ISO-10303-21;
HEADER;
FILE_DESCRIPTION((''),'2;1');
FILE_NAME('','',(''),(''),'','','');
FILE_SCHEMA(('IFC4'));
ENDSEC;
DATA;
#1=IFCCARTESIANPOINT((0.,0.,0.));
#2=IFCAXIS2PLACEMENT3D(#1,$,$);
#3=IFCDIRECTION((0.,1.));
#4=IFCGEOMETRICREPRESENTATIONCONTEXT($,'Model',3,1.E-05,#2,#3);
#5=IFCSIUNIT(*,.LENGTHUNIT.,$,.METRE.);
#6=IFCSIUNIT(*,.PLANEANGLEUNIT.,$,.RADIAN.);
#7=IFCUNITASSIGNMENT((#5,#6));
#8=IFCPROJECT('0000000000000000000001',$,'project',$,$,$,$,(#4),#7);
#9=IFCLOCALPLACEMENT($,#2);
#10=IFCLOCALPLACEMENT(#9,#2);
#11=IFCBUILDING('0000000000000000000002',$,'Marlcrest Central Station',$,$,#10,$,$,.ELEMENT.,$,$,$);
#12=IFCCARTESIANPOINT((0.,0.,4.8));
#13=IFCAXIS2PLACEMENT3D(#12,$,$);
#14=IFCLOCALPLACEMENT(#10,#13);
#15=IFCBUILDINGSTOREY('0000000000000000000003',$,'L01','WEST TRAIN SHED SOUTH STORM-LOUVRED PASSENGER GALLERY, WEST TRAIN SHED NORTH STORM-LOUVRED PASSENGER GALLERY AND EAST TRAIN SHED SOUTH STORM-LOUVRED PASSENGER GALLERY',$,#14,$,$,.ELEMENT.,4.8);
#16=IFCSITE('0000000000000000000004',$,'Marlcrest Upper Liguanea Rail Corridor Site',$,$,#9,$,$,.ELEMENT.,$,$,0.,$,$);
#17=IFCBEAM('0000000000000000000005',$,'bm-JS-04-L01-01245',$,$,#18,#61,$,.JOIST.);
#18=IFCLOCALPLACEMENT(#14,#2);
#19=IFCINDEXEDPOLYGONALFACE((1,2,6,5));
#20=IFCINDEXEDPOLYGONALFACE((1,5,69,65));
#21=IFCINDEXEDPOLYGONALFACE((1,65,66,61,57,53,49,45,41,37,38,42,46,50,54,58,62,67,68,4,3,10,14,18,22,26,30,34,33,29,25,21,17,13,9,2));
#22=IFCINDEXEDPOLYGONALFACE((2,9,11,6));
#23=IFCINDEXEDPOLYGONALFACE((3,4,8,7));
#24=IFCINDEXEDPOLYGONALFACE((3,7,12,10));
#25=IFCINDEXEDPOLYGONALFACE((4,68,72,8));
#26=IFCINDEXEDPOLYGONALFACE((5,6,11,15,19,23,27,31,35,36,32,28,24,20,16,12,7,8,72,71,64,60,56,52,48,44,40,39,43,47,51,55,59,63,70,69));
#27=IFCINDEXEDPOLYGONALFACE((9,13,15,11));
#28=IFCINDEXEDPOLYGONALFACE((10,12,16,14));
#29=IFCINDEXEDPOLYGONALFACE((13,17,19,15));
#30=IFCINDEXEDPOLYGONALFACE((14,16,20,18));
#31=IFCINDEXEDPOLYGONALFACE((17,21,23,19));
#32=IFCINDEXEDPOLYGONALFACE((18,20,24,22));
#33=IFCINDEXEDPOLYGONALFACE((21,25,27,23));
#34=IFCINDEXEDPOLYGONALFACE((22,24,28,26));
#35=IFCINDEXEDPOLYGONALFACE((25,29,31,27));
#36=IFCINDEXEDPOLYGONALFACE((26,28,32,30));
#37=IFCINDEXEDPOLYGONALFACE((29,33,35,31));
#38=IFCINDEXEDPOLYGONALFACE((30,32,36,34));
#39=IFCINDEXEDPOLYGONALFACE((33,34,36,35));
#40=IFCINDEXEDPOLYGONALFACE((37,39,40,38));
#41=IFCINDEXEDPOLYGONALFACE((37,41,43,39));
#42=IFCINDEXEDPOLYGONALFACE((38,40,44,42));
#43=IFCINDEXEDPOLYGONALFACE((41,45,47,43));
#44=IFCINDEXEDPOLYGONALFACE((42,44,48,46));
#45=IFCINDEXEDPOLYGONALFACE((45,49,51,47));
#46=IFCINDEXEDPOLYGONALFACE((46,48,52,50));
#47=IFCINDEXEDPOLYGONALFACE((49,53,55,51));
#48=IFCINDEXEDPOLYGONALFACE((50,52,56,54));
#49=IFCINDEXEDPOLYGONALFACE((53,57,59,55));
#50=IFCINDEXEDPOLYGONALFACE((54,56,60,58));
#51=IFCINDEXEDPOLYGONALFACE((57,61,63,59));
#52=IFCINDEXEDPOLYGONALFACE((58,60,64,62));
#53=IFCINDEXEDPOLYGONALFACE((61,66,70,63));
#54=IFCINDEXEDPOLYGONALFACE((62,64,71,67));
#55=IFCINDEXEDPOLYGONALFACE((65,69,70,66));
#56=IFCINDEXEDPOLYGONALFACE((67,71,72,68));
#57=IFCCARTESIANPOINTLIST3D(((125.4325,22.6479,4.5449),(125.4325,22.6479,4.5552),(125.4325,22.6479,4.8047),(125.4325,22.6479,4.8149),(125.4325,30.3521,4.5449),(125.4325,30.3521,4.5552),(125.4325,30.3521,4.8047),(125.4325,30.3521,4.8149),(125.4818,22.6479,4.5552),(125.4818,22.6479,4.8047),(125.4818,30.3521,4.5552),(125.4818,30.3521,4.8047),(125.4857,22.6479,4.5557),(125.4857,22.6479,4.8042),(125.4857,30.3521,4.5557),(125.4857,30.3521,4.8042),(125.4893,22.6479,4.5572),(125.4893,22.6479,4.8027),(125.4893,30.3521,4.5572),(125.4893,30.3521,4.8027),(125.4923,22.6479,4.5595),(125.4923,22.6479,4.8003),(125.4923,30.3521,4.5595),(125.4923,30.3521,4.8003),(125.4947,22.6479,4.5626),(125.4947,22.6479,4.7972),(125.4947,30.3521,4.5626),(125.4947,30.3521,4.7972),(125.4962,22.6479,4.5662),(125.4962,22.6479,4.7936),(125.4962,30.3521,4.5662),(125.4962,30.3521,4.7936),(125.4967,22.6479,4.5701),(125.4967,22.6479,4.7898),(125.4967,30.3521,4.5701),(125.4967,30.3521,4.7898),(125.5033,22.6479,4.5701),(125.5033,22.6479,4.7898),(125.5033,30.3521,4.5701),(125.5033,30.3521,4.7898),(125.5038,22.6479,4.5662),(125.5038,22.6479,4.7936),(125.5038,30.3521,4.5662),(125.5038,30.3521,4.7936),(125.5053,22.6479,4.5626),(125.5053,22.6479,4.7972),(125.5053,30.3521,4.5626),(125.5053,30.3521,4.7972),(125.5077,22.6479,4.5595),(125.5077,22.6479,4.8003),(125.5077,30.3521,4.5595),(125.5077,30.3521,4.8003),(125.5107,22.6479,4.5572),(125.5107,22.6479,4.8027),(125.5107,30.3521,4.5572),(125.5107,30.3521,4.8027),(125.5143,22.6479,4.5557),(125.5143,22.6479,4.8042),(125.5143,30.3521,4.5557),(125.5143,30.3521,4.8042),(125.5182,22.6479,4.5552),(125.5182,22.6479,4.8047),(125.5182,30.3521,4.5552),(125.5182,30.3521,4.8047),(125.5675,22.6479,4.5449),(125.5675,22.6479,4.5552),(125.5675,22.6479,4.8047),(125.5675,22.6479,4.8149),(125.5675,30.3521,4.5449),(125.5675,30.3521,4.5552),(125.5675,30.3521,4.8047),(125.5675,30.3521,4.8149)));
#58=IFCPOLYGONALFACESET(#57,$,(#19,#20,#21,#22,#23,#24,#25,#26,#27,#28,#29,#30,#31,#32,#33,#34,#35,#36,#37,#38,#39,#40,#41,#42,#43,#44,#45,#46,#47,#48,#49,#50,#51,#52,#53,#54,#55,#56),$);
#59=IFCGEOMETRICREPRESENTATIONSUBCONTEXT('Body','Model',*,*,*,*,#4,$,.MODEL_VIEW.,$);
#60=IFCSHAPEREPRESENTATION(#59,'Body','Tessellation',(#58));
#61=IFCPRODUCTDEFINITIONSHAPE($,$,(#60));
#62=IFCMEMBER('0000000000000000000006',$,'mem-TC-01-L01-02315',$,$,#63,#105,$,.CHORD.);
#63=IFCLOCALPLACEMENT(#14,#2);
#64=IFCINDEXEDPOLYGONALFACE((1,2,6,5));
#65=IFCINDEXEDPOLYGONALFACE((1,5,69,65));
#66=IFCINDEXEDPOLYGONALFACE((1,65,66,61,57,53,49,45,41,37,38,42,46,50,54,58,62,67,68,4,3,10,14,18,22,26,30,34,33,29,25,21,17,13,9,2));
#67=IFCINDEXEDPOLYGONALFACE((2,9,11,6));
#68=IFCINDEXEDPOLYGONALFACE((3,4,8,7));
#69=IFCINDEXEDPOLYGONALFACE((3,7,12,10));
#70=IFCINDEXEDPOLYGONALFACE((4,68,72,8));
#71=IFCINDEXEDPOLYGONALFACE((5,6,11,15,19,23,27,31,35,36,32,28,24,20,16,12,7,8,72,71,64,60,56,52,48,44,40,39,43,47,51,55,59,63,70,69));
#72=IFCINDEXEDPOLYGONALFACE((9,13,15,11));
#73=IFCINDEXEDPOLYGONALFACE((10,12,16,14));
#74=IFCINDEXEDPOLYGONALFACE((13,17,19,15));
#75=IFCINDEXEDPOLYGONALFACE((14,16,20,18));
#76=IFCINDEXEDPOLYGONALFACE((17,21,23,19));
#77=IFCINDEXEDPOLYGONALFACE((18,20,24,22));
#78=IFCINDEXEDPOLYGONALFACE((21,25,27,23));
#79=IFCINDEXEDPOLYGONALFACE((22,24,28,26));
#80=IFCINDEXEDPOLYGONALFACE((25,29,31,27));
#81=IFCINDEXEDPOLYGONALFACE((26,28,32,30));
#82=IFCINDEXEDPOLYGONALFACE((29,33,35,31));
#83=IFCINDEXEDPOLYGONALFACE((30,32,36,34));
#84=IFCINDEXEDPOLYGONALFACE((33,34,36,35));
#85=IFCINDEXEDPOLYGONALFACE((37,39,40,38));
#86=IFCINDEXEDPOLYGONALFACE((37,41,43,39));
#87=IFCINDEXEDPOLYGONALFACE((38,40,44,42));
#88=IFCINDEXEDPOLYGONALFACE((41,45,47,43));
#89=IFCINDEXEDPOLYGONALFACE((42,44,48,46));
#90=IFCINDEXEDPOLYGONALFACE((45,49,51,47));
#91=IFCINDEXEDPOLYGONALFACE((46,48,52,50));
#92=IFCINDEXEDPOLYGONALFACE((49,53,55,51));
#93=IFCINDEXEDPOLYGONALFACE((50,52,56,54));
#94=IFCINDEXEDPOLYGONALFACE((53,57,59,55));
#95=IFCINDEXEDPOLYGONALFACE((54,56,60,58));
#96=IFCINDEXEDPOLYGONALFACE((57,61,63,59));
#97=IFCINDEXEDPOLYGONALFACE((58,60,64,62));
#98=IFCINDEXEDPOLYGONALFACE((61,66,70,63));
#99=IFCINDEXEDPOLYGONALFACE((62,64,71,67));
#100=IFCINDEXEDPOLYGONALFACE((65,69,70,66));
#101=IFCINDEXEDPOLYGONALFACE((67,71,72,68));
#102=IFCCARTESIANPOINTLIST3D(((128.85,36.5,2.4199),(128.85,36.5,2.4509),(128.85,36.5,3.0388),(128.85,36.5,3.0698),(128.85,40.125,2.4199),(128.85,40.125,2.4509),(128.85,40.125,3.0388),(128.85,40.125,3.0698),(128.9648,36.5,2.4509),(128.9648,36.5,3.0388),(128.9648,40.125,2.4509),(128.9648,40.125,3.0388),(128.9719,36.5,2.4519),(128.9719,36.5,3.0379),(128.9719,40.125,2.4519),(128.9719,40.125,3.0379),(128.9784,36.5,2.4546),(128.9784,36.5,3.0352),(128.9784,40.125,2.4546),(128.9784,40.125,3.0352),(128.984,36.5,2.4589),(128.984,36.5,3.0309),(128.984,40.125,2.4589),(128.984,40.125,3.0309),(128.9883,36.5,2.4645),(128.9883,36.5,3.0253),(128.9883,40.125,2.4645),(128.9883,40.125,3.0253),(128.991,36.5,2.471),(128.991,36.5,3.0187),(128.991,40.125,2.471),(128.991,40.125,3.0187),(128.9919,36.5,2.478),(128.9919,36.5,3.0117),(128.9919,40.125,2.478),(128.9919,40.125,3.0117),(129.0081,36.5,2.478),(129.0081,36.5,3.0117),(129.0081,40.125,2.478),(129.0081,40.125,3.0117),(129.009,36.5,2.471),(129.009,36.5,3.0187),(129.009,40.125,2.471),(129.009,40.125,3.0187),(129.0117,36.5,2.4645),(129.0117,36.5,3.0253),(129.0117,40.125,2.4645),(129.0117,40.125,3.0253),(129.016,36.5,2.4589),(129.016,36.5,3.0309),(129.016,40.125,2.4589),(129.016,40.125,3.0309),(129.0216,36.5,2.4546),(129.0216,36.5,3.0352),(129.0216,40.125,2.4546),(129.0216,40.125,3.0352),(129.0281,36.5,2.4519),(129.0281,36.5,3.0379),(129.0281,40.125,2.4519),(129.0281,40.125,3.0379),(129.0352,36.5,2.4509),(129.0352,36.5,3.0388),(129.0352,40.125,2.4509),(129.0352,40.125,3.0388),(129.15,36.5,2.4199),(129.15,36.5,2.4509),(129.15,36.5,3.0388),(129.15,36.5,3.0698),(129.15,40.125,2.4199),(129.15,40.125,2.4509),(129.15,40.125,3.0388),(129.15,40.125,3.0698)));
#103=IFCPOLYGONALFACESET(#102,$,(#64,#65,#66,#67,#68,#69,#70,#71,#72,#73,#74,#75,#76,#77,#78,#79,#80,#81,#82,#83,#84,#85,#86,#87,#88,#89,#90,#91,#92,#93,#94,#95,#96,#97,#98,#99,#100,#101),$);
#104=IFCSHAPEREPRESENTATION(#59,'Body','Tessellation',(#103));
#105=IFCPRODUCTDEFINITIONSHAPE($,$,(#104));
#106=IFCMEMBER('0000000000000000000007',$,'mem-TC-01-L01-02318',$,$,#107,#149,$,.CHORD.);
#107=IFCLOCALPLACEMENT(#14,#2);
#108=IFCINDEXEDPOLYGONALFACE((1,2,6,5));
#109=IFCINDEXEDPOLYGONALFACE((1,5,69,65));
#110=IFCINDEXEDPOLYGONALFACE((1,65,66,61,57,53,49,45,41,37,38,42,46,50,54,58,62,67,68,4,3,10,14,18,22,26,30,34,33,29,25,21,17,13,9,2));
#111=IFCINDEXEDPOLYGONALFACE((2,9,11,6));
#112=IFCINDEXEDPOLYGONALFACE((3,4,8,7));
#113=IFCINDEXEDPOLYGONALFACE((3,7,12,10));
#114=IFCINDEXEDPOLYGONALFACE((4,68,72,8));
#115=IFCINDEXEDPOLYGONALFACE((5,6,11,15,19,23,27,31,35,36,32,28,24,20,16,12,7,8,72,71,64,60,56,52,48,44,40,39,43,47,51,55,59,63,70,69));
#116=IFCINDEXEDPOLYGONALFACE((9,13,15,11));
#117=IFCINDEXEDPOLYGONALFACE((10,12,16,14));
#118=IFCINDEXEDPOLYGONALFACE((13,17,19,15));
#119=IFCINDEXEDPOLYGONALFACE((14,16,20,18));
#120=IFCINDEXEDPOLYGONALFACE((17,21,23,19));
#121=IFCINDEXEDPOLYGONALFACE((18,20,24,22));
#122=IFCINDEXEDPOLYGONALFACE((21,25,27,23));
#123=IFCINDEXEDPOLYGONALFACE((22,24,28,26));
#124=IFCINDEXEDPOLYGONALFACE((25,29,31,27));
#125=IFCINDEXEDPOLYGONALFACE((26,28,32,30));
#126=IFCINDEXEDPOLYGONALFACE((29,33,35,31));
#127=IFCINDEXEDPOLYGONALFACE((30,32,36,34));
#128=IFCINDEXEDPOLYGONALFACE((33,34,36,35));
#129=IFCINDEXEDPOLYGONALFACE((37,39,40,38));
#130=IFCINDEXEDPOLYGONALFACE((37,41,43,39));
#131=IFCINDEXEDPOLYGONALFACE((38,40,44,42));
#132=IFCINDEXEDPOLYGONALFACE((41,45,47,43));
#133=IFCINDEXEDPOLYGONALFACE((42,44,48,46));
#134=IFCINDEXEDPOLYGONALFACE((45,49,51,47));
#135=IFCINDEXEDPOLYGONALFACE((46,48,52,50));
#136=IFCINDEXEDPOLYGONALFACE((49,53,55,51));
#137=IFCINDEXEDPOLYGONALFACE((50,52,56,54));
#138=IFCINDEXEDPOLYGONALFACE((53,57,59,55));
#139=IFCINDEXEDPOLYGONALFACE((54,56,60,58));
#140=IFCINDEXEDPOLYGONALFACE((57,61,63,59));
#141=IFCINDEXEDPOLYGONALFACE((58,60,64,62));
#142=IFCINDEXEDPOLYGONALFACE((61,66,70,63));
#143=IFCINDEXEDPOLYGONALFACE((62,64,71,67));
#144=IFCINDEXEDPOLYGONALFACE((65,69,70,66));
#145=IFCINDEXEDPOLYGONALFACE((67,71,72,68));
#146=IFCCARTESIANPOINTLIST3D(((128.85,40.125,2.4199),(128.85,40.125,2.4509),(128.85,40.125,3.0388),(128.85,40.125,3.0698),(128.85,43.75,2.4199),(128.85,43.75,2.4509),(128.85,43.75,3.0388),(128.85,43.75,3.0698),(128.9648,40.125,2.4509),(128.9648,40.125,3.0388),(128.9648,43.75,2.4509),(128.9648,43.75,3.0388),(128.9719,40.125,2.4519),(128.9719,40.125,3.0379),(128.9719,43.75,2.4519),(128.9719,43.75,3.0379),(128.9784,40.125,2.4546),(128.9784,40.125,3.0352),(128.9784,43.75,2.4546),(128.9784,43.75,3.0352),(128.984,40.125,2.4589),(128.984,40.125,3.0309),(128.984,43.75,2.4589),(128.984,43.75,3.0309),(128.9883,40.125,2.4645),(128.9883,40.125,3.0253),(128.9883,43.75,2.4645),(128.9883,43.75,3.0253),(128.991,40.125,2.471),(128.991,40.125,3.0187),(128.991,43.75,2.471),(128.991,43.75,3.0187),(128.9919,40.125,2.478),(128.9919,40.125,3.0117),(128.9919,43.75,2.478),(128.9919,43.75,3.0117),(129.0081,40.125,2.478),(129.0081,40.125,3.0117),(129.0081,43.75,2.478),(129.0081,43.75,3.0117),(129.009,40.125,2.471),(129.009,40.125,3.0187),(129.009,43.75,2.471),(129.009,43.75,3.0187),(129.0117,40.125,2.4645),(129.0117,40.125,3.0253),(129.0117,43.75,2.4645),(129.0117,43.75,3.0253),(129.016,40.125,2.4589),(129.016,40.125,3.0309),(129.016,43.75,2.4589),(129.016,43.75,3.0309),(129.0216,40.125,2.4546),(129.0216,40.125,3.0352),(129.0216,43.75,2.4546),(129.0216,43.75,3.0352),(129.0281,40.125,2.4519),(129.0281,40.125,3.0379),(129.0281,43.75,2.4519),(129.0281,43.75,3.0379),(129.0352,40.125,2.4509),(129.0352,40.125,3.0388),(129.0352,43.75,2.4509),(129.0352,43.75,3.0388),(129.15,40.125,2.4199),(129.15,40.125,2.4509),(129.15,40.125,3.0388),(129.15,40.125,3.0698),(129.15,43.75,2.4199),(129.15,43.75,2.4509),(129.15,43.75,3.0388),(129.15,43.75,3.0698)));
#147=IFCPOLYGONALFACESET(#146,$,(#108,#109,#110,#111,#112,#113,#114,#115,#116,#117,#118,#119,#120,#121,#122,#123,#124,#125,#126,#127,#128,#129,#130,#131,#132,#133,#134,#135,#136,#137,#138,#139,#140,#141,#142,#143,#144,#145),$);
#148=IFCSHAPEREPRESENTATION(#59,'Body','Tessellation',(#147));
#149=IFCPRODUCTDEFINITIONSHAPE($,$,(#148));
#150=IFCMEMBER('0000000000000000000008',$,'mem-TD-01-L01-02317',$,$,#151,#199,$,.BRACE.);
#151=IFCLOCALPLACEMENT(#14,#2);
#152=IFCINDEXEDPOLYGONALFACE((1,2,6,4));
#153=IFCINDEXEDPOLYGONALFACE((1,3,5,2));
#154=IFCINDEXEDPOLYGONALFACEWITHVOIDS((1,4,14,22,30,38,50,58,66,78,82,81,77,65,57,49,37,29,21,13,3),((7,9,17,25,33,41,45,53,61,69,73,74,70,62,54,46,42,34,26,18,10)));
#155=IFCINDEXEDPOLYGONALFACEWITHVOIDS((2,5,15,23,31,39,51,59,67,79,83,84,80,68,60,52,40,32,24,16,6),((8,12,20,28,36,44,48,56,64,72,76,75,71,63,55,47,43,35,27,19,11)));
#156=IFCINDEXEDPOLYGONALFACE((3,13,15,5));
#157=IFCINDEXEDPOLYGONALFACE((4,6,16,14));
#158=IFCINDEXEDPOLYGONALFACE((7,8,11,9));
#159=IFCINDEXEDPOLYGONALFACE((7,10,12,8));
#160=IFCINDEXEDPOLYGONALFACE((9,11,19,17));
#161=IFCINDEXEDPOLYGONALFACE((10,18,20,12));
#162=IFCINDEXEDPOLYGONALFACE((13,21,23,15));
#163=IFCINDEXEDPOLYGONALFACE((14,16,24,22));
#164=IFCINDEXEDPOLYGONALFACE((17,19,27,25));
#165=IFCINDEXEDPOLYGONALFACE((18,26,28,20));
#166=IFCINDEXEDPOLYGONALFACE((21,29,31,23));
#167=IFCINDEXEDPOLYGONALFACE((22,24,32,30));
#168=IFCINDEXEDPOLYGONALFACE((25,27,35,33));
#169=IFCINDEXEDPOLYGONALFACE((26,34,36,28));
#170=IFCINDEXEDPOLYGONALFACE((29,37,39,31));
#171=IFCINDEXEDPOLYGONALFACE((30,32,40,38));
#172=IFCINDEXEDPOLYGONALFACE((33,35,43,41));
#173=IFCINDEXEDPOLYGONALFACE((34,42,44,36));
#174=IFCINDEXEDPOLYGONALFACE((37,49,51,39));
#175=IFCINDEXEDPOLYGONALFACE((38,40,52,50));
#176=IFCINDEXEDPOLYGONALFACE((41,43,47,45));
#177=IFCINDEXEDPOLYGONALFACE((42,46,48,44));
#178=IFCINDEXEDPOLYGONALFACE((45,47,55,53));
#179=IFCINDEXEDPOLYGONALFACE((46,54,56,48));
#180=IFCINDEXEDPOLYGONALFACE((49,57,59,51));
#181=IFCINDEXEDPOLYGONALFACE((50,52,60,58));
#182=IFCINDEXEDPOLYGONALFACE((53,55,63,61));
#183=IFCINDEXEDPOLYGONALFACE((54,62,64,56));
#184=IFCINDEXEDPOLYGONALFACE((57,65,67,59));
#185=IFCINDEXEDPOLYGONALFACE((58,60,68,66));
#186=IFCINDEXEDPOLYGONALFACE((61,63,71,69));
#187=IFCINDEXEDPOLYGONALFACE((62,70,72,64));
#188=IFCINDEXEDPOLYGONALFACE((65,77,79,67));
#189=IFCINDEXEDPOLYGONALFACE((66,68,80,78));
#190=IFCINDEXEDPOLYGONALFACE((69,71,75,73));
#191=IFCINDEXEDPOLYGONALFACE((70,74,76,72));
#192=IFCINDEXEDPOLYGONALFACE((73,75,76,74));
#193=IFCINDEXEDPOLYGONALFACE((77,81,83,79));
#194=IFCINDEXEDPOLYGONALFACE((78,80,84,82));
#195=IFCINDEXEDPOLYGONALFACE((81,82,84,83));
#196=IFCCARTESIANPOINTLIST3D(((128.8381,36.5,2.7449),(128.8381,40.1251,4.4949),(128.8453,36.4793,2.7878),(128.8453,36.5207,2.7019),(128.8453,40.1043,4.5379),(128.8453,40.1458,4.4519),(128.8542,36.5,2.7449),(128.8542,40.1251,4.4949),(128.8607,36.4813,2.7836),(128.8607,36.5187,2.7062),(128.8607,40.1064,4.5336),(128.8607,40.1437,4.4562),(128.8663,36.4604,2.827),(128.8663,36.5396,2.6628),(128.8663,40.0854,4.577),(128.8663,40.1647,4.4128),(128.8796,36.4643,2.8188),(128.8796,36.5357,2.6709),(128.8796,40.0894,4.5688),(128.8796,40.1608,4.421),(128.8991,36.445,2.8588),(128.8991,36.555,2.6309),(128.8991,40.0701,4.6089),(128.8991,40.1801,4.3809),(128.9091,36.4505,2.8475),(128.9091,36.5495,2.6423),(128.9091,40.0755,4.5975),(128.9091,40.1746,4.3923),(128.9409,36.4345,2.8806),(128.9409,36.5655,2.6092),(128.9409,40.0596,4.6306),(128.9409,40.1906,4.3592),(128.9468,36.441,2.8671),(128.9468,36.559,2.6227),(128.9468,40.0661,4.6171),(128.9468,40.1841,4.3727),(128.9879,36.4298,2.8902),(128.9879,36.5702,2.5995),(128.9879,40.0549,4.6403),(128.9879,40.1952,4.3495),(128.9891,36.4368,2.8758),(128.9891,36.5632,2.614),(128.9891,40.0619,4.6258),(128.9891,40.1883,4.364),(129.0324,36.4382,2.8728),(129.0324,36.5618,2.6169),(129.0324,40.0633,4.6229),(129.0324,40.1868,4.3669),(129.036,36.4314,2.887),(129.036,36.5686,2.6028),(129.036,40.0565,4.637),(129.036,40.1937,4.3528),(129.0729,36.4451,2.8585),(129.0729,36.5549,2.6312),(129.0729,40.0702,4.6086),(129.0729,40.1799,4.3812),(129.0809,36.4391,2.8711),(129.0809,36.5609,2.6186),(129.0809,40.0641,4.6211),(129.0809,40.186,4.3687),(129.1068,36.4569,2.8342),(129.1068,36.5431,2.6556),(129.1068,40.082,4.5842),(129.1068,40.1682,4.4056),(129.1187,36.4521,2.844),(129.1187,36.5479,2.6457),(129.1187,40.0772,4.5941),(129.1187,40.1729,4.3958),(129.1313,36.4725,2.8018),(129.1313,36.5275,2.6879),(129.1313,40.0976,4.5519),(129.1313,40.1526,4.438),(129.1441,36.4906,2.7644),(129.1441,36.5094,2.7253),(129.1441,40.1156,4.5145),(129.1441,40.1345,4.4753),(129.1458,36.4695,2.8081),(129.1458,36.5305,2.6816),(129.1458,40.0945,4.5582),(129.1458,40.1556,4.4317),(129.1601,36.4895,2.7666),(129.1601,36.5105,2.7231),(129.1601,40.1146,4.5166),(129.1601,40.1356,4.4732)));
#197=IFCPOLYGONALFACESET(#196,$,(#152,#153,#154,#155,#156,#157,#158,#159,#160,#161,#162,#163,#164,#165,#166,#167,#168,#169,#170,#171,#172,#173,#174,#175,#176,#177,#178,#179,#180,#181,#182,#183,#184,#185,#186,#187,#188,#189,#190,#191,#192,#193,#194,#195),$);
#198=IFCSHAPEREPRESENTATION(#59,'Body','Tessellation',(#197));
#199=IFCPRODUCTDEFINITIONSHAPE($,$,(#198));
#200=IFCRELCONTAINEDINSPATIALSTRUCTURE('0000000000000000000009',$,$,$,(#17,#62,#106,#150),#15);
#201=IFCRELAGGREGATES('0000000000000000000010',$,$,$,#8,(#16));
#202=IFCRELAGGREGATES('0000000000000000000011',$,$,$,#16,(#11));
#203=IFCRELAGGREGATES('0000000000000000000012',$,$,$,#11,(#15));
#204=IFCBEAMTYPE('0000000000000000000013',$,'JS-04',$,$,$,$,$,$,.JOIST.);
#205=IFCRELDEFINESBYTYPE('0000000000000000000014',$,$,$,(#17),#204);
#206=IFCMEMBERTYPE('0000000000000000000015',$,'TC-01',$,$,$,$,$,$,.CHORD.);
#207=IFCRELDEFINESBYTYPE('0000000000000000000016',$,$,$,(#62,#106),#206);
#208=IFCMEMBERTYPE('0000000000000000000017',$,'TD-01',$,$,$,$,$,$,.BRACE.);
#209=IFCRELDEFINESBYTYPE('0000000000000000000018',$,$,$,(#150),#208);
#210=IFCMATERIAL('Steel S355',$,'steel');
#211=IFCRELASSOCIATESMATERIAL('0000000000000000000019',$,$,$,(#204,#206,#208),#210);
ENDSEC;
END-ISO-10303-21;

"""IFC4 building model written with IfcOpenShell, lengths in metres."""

from ifc_helpers import new_model, si_unit, direction, frame, origin, origin_2d, place, context, subcontext, project, spatial, hollow_circle, i_section, extrude, material, material_profile, profile_set, type_object, element, save


model = new_model("IFC4")

# Units and contexts
model_context = context("Model", 3, precision=1e-05, world=origin(), true_north=direction((0.0, 1.0)))
body_context = subcontext(model_context, "Body", "Model", "MODEL_VIEW")
ifc_project = project(units=[si_unit("LENGTHUNIT", "METRE"), si_unit("PLANEANGLEUNIT", "RADIAN")], contexts=[model_context])

# Site, building, storey
site_placement = place(None, origin())
site = spatial("IfcSite", under=ifc_project, at=site_placement, Name="Marlcrest Upper Liguanea Rail Corridor Site", CompositionType="ELEMENT", RefElevation=0.0)
building_placement = place(site_placement, origin())
building = spatial("IfcBuilding", under=site, at=building_placement, Name="Marlcrest Central Station", CompositionType="ELEMENT")
storey_placement = place(building_placement, frame((0.0, 0.0, 4.8)))
storey = spatial("IfcBuildingStorey", under=building, at=storey_placement, Name="L01", Description="WEST TRAIN SHED SOUTH STORM-LOUVRED PASSENGER GALLERY, WEST TRAIN SHED NORTH STORM-LOUVRED PASSENGER GALLERY AND EAST TRAIN SHED SOUTH STORM-LOUVRED PASSENGER GALLERY", CompositionType="ELEMENT", Elevation=4.8)

# Shared definitions
ifc_material_1 = material(Name="Steel S355", Category="steel")

# Beam
ifc_material_profile_1 = material_profile(ifc_material_1, i_section(OverallWidth=0.135, OverallDepth=0.27, WebThickness=0.0066, FlangeThickness=0.0103, FilletRadius=0.0149, at=origin_2d()), Name="IPE 270")
ifc_profile_set_1 = profile_set([ifc_material_profile_1], Name="Steel S355")
beam_type_1 = type_object("IfcBeamType", Name="JS-04", PredefinedType="JOIST", material=ifc_profile_set_1)
beam_1_placement = place(storey_placement, frame((125.5, 22.6479, 4.6799), z_axis=(0.0, 1.0, 0.0), x_axis=(-1.0, 0.0, 0.0)))
element("IfcBeam", 1, at=beam_1_placement, inside=storey, type_object=beam_type_1, Name="bm-JS-04-L01-01245", PredefinedType="JOIST", context=body_context, shape_type="SweptSolid", body=[
    extrude(i_section(OverallWidth=0.135, OverallDepth=0.27, WebThickness=0.0066, FlangeThickness=0.0103, FilletRadius=0.0149, at=origin_2d()), origin(), (0.0, 0.0, 1.0), 7.7041),
])

# Members
ifc_material_profile_2 = material_profile(ifc_material_1, i_section(OverallWidth=0.3, OverallDepth=0.6499, WebThickness=0.0161, FlangeThickness=0.031, FilletRadius=0.0271, at=origin_2d()), Name="HEB 650")
ifc_profile_set_2 = profile_set([ifc_material_profile_2], Name="Steel S355")
member_type_1 = type_object("IfcMemberType", Name="TC-01", PredefinedType="CHORD", material=ifc_profile_set_2)
for number, where, z_axis, x_axis, name in (
    (2, (129.0, 36.5, 2.7449), (0.0, 1.0, 0.0), (-1.0, 0.0, 0.0), "mem-TC-01-L01-02315"),
    (3, (129.0, 40.125, 2.7449), (0.0, 1.0, 0.0), (-1.0, 0.0, 0.0), "mem-TC-01-L01-02318"),
):
    element("IfcMember", number, at=place(storey_placement, frame(where, z_axis=z_axis, x_axis=x_axis)), inside=storey, type_object=member_type_1, Name=name, PredefinedType="CHORD", context=body_context, shape_type="SweptSolid", body=[
        extrude(i_section(OverallWidth=0.3, OverallDepth=0.6499, WebThickness=0.0161, FlangeThickness=0.031, FilletRadius=0.0271, at=origin_2d()), origin(), (0.0, 0.0, 1.0), 3.625),
    ])
ifc_material_profile_3 = material_profile(ifc_material_1, hollow_circle(Radius=0.1619, WallThickness=0.0161, at=origin_2d()), Name="CHS 323.9x16")
ifc_profile_set_3 = profile_set([ifc_material_profile_3], Name="Steel S355")
member_type_2 = type_object("IfcMemberType", Name="TD-01", PredefinedType="BRACE", material=ifc_profile_set_3)
for number, where, z_axis, x_axis, name in (
    (4, (129.0, 36.5, 2.7449), (0.0, 0.900552, 0.434749), (-1.0, 0.0, 0.0), "mem-TD-01-L01-02317"),
):
    element("IfcMember", number, at=place(storey_placement, frame(where, z_axis=z_axis, x_axis=x_axis)), inside=storey, type_object=member_type_2, Name=name, PredefinedType="BRACE", context=body_context, shape_type="SweptSolid", body=[
        extrude(hollow_circle(Radius=0.1619, WallThickness=0.0161, at=origin_2d()), origin(), (0.0, 0.0, 1.0), 4.0254),
    ])

save(model, "model.ifc")
